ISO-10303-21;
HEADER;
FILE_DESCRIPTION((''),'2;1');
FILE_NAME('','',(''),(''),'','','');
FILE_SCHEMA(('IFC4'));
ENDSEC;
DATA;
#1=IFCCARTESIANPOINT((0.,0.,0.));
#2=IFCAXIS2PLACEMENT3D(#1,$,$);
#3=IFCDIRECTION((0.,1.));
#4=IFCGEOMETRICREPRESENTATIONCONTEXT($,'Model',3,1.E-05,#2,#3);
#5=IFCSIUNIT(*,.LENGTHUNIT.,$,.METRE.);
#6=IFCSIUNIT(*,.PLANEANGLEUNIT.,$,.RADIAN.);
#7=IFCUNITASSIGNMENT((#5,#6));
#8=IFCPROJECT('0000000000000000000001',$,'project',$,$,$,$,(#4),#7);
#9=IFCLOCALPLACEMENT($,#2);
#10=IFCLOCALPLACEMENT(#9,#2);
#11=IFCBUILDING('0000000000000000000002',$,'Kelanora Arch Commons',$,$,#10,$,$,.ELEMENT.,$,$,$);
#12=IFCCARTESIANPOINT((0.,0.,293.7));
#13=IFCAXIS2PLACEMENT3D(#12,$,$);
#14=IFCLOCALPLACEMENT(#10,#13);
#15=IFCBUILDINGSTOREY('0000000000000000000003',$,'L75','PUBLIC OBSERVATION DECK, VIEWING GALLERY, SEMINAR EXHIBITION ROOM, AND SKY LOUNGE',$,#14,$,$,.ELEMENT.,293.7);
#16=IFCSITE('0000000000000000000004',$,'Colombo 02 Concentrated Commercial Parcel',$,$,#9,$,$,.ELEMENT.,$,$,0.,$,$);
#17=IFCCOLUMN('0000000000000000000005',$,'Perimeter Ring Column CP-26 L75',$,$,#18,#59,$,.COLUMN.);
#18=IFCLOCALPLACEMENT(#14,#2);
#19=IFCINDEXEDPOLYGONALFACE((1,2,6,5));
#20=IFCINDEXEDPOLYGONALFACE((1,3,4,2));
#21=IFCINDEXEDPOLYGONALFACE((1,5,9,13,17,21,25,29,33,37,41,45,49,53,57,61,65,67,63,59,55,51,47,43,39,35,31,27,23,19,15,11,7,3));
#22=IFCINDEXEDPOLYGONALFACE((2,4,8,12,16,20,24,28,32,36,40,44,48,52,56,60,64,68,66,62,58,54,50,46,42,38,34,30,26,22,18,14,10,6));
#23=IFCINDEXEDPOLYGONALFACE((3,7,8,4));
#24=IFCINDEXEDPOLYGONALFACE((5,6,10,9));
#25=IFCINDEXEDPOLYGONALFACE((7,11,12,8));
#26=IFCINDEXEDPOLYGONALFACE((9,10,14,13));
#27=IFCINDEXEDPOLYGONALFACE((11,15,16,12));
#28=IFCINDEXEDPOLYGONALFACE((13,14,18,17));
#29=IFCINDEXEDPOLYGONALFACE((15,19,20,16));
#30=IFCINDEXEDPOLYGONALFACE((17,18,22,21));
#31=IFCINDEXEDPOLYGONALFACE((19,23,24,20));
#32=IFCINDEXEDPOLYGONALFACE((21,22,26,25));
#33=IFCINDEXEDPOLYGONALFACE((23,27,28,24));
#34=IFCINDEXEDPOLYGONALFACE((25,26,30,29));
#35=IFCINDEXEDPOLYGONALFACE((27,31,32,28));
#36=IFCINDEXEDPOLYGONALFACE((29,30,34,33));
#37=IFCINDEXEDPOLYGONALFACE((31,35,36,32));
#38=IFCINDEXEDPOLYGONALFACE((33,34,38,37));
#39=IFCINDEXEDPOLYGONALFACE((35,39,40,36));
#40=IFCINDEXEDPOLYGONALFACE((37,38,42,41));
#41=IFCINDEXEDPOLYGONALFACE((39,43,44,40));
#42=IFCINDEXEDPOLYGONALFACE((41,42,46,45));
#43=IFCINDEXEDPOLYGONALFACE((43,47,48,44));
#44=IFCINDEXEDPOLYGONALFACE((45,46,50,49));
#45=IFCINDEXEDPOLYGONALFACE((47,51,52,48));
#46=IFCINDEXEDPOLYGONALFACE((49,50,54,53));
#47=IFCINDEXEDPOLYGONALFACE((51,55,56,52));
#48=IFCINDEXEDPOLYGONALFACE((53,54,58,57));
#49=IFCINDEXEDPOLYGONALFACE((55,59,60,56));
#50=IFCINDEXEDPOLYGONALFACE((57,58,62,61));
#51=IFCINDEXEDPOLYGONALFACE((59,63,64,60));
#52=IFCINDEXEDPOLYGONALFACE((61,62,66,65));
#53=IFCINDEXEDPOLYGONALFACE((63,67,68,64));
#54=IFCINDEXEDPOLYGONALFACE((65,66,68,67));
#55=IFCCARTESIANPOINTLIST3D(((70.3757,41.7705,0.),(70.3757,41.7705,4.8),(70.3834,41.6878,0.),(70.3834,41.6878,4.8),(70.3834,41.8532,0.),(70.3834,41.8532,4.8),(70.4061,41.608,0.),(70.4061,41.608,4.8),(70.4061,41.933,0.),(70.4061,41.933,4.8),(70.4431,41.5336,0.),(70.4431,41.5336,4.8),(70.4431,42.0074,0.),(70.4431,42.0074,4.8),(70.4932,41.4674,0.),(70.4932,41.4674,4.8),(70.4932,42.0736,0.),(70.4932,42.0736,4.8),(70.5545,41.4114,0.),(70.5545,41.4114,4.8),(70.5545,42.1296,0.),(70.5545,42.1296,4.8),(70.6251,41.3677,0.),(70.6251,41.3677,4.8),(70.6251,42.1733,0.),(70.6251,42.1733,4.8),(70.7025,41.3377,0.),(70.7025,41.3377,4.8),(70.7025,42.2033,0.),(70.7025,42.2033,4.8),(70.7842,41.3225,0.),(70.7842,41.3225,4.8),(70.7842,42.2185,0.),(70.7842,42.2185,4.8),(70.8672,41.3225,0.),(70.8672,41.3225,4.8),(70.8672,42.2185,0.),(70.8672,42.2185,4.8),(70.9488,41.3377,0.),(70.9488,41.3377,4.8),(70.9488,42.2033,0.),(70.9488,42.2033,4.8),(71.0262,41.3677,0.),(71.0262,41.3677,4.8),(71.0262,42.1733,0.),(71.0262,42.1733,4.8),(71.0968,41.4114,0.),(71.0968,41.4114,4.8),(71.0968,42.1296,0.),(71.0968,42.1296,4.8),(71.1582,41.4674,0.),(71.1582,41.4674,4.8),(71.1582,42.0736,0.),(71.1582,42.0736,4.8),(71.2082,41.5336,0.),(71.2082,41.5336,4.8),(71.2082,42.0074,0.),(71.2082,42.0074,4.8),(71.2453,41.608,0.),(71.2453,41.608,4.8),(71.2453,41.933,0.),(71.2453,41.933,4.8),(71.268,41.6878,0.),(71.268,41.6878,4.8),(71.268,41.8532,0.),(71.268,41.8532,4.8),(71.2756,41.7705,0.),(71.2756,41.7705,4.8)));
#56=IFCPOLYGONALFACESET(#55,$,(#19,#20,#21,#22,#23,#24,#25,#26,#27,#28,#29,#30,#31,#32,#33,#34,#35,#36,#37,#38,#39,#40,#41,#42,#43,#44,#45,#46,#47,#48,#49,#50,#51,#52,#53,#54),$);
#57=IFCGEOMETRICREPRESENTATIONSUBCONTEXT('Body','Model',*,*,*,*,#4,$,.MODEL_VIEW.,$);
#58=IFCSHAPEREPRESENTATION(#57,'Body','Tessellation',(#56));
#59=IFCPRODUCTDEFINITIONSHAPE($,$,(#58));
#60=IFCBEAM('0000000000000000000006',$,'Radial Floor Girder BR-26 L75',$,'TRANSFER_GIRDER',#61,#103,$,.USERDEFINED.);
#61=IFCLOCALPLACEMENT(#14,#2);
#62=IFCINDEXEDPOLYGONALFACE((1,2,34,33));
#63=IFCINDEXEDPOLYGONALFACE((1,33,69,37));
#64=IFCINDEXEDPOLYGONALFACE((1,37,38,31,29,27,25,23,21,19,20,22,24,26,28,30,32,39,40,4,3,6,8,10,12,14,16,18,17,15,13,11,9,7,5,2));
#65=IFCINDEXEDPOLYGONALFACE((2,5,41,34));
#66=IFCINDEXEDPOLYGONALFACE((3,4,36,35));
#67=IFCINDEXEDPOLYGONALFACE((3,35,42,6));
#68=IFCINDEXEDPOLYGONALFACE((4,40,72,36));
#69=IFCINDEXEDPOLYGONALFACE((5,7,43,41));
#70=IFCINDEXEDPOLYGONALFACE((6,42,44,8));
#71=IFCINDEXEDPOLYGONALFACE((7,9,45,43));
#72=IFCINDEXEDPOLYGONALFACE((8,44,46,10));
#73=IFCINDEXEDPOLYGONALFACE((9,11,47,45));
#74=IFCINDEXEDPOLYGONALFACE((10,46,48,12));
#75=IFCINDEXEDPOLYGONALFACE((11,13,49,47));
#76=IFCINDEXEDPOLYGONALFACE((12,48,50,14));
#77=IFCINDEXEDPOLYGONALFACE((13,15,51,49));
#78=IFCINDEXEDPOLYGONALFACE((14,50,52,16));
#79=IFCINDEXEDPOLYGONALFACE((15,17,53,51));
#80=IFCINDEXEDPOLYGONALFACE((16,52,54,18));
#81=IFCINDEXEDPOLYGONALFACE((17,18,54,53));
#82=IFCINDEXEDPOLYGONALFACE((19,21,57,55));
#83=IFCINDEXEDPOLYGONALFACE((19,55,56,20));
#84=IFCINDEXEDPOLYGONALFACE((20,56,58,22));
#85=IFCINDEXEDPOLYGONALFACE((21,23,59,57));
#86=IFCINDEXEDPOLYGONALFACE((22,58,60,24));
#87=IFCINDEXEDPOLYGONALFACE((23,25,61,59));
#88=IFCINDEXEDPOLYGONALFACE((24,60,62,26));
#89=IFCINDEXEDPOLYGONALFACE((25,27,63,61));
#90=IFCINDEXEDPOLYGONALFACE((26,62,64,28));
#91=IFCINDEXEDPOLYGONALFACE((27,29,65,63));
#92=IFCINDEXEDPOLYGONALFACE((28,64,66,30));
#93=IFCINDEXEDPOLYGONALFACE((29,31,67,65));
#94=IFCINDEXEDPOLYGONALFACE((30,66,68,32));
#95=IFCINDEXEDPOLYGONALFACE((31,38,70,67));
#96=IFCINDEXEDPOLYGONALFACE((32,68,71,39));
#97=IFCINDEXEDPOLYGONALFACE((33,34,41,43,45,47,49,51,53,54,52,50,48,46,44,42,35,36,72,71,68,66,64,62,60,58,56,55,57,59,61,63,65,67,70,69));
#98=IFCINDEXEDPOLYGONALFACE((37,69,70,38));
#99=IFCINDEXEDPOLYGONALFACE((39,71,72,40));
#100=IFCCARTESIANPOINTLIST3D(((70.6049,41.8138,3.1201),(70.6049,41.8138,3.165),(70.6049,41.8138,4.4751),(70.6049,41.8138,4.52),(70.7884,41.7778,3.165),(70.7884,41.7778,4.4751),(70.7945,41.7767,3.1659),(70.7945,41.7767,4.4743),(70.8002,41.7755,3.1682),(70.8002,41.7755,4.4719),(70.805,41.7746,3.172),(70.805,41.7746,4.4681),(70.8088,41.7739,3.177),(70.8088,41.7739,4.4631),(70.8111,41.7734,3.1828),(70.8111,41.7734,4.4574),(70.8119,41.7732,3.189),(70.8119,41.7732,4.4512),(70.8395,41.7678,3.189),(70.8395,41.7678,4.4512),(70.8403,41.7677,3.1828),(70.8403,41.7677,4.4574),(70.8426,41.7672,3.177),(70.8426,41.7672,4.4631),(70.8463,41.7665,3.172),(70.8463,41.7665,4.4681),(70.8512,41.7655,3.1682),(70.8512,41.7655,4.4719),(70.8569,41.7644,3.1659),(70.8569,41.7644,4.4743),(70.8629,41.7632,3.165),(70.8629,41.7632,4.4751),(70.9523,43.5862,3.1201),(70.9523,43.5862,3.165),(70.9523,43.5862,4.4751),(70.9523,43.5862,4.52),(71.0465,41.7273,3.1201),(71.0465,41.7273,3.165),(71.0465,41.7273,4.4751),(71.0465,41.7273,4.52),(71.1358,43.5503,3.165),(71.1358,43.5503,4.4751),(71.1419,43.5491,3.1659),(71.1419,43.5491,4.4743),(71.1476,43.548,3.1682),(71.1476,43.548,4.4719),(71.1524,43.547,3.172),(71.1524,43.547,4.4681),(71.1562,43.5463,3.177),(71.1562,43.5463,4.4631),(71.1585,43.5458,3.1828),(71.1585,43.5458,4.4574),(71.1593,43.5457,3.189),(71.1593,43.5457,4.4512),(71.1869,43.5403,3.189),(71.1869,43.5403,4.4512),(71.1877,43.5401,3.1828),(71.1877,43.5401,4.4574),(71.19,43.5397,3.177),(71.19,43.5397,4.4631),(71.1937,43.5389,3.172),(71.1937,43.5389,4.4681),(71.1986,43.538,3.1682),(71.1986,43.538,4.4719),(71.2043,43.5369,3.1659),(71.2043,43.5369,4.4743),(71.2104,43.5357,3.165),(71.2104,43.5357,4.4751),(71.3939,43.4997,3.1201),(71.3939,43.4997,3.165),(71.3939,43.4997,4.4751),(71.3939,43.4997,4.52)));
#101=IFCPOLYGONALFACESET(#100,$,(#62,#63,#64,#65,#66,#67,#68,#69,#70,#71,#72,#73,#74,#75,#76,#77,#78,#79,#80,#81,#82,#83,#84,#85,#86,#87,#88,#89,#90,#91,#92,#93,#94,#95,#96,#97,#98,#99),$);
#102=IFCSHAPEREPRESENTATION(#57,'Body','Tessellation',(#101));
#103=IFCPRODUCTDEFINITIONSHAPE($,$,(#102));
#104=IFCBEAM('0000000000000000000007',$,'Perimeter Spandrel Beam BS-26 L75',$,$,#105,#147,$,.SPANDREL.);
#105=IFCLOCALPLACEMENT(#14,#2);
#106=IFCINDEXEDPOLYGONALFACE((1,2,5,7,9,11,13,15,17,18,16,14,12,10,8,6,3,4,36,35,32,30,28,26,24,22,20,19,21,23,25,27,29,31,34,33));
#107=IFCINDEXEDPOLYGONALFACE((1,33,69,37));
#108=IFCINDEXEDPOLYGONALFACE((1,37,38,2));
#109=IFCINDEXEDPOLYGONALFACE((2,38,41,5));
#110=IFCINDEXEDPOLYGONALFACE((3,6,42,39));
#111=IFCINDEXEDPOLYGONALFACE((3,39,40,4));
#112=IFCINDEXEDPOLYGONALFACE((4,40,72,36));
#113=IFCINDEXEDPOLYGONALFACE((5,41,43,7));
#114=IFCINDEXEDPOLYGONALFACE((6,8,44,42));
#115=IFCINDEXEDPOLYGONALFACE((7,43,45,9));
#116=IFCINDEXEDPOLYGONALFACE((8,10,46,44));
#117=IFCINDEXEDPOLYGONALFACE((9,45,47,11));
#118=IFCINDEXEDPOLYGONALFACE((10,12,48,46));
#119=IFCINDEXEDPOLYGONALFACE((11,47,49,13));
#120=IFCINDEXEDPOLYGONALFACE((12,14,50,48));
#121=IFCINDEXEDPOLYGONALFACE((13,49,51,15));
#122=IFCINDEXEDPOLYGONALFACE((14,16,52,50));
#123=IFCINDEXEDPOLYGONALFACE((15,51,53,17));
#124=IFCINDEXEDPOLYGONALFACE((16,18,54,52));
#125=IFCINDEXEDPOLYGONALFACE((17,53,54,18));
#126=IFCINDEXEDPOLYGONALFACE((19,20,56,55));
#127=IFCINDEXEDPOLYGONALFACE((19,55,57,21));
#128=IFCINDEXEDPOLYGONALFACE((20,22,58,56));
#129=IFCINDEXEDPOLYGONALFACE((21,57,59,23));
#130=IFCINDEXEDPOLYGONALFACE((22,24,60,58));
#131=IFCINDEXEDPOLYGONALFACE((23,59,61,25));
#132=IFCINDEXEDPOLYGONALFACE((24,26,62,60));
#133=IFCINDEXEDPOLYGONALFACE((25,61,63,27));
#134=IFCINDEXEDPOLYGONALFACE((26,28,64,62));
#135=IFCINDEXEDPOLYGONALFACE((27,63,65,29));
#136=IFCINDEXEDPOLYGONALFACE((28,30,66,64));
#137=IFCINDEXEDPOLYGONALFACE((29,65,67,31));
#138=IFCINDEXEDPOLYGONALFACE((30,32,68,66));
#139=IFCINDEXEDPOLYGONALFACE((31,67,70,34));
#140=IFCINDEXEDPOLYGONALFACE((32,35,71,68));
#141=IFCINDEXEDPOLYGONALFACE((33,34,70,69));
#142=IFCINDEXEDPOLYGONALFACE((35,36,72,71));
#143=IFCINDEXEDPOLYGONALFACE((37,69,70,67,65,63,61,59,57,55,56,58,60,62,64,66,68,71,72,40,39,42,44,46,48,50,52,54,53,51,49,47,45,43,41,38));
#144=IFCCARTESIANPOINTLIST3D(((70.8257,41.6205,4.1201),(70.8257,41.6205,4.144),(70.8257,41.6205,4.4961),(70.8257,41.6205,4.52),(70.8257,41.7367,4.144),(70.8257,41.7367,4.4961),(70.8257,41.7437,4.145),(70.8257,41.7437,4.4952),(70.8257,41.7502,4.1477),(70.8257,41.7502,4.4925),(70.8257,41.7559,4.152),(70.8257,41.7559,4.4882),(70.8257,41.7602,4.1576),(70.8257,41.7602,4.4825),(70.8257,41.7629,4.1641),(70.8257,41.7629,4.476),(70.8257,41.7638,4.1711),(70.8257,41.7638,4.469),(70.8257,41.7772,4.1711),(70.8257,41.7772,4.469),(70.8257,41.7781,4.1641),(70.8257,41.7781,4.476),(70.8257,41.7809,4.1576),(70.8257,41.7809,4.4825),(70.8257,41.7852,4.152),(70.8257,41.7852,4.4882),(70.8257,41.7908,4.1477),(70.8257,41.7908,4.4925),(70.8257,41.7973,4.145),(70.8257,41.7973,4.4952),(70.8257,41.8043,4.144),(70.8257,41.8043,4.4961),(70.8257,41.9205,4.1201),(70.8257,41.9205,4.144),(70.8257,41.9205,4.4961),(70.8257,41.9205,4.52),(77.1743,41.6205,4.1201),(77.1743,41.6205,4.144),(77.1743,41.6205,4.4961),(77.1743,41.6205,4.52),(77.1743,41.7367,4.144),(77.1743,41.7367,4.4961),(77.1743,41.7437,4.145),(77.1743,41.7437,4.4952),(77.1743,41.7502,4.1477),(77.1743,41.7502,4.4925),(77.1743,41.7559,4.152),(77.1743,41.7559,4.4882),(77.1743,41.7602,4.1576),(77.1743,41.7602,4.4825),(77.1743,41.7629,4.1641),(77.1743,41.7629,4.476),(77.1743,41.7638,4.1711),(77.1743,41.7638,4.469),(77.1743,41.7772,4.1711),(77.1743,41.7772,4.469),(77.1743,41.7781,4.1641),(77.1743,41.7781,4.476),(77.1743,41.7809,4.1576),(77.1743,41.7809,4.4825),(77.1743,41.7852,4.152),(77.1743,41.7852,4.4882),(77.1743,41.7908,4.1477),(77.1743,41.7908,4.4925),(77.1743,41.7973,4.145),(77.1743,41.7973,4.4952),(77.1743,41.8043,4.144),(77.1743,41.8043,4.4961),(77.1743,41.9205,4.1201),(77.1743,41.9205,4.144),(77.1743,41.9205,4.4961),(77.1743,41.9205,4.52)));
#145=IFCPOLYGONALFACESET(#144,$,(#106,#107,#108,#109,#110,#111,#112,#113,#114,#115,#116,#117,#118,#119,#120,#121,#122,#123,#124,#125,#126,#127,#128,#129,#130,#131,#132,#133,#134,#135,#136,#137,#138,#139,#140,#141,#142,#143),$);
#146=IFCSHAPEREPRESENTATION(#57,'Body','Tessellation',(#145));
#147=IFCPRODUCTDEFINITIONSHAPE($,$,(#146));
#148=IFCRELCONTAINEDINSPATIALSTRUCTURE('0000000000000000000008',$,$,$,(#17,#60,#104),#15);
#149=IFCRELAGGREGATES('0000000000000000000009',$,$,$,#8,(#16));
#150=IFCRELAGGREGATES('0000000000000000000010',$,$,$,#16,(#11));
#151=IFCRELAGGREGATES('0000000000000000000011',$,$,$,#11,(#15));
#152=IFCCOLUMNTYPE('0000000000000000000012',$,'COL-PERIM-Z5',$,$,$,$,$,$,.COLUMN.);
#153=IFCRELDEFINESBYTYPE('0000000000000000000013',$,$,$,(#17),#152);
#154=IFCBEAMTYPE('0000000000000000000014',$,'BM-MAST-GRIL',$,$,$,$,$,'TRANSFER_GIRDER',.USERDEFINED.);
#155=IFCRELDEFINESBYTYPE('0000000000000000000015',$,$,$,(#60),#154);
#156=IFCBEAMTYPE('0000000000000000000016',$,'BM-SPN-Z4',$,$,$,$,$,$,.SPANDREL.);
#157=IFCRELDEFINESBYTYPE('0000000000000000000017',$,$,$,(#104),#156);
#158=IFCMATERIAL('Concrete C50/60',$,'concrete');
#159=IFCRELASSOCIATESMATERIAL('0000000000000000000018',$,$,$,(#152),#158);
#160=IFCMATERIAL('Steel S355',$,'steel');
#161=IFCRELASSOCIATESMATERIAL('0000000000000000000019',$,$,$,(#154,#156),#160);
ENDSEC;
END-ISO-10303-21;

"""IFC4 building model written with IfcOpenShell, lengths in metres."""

from ifc_helpers import new_model, si_unit, direction, frame, origin, origin_2d, place, context, subcontext, project, spatial, circle, i_section, extrude, material, material_profile, profile_set, type_object, element, save


model = new_model("IFC4")

# Units and contexts
model_context = context("Model", 3, precision=1e-05, world=origin(), true_north=direction((0.0, 1.0)))
body_context = subcontext(model_context, "Body", "Model", "MODEL_VIEW")
ifc_project = project(units=[si_unit("LENGTHUNIT", "METRE"), si_unit("PLANEANGLEUNIT", "RADIAN")], contexts=[model_context])

# Site, building, storey
site_placement = place(None, origin())
site = spatial("IfcSite", under=ifc_project, at=site_placement, Name="Colombo 02 Concentrated Commercial Parcel", CompositionType="ELEMENT", RefElevation=0.0)
building_placement = place(site_placement, origin())
building = spatial("IfcBuilding", under=site, at=building_placement, Name="Kelanora Arch Commons", CompositionType="ELEMENT")
storey_placement = place(building_placement, frame((0.0, 0.0, 293.7)))
storey = spatial("IfcBuildingStorey", under=building, at=storey_placement, Name="L75", Description="PUBLIC OBSERVATION DECK, VIEWING GALLERY, SEMINAR EXHIBITION ROOM, AND SKY LOUNGE", CompositionType="ELEMENT", Elevation=293.7)

# Column
ifc_material_1 = material(Name="Concrete C50/60", Category="concrete")
ifc_material_profile_1 = material_profile(ifc_material_1, circle(Radius=0.45, at=origin_2d()), Name="RCC900")
ifc_profile_set_1 = profile_set([ifc_material_profile_1], Name="Concrete C50/60")
column_type = type_object("IfcColumnType", Name="COL-PERIM-Z5", PredefinedType="COLUMN", material=ifc_profile_set_1)
column_placement = place(storey_placement, frame((70.8257, 41.7705, 0.0), z_axis=(0.0, 0.0, 1.0), x_axis=(1.0, 0.0, 0.0)))
element("IfcColumn", 1, at=column_placement, inside=storey, type_object=column_type, Name="Perimeter Ring Column CP-26 L75", PredefinedType="COLUMN", context=body_context, shape_type="SweptSolid", body=[
    extrude(circle(Radius=0.45, at=origin_2d()), origin(), (0.0, 0.0, 1.0), 4.8),
])

# Beams
ifc_material_2 = material(Name="Steel S355", Category="steel")
ifc_material_profile_2 = material_profile(ifc_material_2, i_section(OverallWidth=0.45, OverallDepth=1.3999, WebThickness=0.0281, FlangeThickness=0.0449, FilletRadius=0.0239, at=origin_2d()), Name="PG1400x450")
ifc_profile_set_2 = profile_set([ifc_material_profile_2], Name="Steel S355")
beam_type_1 = type_object("IfcBeamType", Name="BM-MAST-GRIL", ElementType="TRANSFER_GIRDER", PredefinedType="USERDEFINED", material=ifc_profile_set_2)
beam_1_placement = place(storey_placement, frame((71.1731, 43.543, 3.8201), z_axis=(-0.192346, -0.981327, 0.0), x_axis=(0.981327, -0.192346, 0.0)))
element("IfcBeam", 2, at=beam_1_placement, inside=storey, type_object=beam_type_1, Name="Radial Floor Girder BR-26 L75", ObjectType="TRANSFER_GIRDER", PredefinedType="USERDEFINED", context=body_context, shape_type="SweptSolid", body=[
    extrude(i_section(OverallWidth=0.45, OverallDepth=1.3999, WebThickness=0.0281, FlangeThickness=0.0449, FilletRadius=0.0239, at=origin_2d()), origin(), (0.0, 0.0, 1.0), 1.8062),
])
ifc_material_profile_3 = material_profile(ifc_material_2, i_section(OverallWidth=0.3, OverallDepth=0.3999, WebThickness=0.0134, FlangeThickness=0.0239, FilletRadius=0.0271, at=origin_2d()), Name="HEB400")
ifc_profile_set_3 = profile_set([ifc_material_profile_3], Name="Steel S355")
beam_type_2 = type_object("IfcBeamType", Name="BM-SPN-Z4", PredefinedType="SPANDREL", material=ifc_profile_set_3)
beam_2_placement = place(storey_placement, frame((70.8257, 41.7705, 4.3201), z_axis=(1.0, 0.0, 0.0), x_axis=(0.0, 1.0, 0.0)))
element("IfcBeam", 3, at=beam_2_placement, inside=storey, type_object=beam_type_2, Name="Perimeter Spandrel Beam BS-26 L75", PredefinedType="SPANDREL", context=body_context, shape_type="SweptSolid", body=[
    extrude(i_section(OverallWidth=0.3, OverallDepth=0.3999, WebThickness=0.0134, FlangeThickness=0.0239, FilletRadius=0.0271, at=origin_2d()), origin(), (0.0, 0.0, 1.0), 6.3486),
])

save(model, "model.ifc")
